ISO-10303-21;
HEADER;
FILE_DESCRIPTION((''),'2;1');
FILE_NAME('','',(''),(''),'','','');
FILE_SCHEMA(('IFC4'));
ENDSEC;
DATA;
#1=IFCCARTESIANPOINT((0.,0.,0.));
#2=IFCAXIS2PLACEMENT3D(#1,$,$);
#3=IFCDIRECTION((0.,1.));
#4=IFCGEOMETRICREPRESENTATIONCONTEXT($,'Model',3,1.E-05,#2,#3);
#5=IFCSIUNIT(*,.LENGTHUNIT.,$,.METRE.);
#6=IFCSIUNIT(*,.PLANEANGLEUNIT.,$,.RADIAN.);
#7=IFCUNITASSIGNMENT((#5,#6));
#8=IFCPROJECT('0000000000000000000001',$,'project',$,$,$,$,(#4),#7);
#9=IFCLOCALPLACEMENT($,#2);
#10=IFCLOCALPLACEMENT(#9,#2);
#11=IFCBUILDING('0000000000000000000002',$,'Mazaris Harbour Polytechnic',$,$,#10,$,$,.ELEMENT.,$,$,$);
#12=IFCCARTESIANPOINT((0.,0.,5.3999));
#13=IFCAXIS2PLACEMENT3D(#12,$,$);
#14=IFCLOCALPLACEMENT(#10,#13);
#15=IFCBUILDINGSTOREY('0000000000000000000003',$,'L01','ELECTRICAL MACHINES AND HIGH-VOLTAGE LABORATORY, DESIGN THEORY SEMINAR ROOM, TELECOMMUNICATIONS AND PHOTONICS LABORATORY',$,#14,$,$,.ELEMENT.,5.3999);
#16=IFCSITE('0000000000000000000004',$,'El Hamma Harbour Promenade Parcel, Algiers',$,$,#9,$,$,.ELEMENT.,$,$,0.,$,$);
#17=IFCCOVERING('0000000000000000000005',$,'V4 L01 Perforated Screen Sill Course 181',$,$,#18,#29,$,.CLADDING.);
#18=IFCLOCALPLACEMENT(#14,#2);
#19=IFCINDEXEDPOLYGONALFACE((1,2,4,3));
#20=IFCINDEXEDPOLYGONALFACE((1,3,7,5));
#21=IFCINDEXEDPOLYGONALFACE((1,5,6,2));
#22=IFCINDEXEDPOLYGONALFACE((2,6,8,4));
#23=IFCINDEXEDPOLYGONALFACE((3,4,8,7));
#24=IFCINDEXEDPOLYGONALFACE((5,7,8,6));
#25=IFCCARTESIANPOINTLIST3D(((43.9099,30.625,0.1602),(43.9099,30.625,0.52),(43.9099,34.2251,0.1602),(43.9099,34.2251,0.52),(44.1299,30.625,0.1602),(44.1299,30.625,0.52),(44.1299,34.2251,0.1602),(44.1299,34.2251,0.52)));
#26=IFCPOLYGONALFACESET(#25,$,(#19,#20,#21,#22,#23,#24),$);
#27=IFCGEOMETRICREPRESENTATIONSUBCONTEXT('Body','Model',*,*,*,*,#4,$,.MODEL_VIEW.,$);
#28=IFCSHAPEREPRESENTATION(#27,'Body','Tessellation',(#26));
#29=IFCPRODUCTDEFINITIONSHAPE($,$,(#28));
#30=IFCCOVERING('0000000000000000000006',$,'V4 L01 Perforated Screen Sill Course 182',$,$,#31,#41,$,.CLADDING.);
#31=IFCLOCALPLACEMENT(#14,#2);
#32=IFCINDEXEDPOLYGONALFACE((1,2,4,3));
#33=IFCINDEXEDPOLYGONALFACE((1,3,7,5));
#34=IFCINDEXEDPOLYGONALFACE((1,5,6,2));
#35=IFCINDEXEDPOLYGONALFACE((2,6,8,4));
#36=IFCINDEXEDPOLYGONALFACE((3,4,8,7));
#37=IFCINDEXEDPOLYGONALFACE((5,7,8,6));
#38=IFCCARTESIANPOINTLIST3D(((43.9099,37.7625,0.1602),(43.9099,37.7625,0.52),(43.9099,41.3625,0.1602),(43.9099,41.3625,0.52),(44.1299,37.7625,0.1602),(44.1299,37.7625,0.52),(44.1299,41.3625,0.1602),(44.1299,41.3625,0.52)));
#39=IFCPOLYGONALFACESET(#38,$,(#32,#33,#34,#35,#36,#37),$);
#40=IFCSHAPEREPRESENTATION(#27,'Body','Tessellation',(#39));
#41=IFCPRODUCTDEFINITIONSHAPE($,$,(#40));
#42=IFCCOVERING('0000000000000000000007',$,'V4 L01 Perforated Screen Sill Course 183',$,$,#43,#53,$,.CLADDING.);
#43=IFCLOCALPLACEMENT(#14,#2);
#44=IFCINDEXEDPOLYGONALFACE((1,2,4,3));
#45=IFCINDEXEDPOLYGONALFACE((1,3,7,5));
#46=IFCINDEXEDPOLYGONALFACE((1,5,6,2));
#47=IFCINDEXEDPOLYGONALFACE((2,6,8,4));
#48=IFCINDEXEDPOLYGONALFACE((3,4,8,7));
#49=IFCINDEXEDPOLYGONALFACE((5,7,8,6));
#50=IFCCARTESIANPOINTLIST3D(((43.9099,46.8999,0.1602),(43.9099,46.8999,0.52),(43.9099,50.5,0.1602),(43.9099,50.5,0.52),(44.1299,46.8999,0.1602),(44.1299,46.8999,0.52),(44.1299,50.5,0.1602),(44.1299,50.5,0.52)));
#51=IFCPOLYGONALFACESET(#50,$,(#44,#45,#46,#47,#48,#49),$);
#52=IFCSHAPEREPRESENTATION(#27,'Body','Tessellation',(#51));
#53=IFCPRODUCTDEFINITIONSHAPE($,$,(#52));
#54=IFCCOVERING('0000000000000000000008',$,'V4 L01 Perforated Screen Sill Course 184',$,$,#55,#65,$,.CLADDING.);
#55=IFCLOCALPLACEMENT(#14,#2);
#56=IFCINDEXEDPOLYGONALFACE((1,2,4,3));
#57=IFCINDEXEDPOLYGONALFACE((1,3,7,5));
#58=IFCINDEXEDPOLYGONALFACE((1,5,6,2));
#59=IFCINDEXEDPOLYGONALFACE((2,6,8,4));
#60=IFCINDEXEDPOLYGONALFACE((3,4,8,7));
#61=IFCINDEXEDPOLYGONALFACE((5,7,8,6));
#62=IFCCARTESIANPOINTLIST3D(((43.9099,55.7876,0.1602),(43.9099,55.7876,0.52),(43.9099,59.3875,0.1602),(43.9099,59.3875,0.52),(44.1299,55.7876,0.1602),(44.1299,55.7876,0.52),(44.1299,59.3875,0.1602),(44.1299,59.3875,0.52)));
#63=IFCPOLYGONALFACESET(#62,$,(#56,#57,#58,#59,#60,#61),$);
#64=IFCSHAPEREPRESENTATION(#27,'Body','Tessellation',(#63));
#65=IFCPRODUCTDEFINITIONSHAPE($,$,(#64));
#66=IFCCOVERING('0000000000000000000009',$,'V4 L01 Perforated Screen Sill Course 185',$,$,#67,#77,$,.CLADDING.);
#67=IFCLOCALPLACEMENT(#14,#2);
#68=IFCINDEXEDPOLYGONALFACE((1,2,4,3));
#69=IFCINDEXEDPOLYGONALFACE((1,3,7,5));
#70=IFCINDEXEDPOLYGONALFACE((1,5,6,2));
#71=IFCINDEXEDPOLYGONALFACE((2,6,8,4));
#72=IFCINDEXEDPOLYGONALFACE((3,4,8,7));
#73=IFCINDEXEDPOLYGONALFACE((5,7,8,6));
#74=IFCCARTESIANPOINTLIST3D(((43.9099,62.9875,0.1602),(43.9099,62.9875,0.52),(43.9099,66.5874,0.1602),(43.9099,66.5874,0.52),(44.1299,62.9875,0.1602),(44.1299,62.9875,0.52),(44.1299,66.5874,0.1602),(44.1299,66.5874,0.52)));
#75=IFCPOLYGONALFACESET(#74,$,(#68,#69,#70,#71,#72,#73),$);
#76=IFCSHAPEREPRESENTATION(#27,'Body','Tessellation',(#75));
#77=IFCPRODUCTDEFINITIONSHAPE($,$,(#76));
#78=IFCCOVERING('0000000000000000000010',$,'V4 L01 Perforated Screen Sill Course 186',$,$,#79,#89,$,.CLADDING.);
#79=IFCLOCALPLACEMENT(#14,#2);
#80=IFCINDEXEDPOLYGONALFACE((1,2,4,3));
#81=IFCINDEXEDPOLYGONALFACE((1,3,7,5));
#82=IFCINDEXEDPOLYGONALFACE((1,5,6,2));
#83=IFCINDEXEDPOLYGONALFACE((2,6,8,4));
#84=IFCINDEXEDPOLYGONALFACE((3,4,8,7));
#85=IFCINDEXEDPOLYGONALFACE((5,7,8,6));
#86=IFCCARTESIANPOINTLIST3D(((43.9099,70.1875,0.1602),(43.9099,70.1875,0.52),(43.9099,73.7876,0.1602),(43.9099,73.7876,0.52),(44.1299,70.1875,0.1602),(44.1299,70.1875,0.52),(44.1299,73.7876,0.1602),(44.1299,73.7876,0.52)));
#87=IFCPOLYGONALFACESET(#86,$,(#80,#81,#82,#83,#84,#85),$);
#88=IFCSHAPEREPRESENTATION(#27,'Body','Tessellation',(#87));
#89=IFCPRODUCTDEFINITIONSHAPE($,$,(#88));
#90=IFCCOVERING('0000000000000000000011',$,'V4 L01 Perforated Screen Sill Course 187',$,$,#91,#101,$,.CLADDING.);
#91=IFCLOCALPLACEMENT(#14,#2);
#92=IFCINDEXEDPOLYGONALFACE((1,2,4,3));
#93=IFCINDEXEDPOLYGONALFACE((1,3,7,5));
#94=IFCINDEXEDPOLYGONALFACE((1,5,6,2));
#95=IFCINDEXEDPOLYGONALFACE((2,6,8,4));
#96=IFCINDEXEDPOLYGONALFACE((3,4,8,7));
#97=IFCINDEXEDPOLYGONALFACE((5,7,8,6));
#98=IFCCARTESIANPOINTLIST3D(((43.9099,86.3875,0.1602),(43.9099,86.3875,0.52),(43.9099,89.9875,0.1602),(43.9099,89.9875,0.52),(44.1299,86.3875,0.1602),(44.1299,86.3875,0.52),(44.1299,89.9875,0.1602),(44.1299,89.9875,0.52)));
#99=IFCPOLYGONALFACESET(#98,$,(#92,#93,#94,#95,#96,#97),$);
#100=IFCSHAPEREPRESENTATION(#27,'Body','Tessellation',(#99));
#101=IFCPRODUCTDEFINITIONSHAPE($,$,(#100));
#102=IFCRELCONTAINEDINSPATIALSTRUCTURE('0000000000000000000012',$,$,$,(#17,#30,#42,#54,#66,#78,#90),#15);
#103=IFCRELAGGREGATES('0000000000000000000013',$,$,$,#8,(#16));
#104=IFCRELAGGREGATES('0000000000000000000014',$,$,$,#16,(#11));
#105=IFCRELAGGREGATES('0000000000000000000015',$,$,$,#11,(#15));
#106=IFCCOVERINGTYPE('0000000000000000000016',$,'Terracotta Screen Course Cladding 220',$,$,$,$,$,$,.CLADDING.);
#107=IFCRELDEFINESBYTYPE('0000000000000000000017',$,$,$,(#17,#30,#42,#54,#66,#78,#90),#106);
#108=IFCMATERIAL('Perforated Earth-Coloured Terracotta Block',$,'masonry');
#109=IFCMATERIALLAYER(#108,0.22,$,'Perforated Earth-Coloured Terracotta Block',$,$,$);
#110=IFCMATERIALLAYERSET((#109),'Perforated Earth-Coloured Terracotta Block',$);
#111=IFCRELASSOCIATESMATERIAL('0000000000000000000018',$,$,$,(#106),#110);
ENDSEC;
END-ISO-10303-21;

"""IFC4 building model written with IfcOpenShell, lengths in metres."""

from ifc_helpers import new_model, si_unit, direction, frame, origin, place, context, subcontext, project, spatial, polyline, outline, extrude, material, layer, layer_set, type_object, element, save


model = new_model("IFC4")

# Units and contexts
model_context = context("Model", 3, precision=1e-05, world=origin(), true_north=direction((0.0, 1.0)))
body_context = subcontext(model_context, "Body", "Model", "MODEL_VIEW")
ifc_project = project(units=[si_unit("LENGTHUNIT", "METRE"), si_unit("PLANEANGLEUNIT", "RADIAN")], contexts=[model_context])

# Site, building, storey
site_placement = place(None, origin())
site = spatial("IfcSite", under=ifc_project, at=site_placement, Name="El Hamma Harbour Promenade Parcel, Algiers", CompositionType="ELEMENT", RefElevation=0.0)
building_placement = place(site_placement, origin())
building = spatial("IfcBuilding", under=site, at=building_placement, Name="Mazaris Harbour Polytechnic", CompositionType="ELEMENT")
storey_placement = place(building_placement, frame((0.0, 0.0, 5.3999)))
storey = spatial("IfcBuildingStorey", under=building, at=storey_placement, Name="L01", Description="ELECTRICAL MACHINES AND HIGH-VOLTAGE LABORATORY, DESIGN THEORY SEMINAR ROOM, TELECOMMUNICATIONS AND PHOTONICS LABORATORY", CompositionType="ELEMENT", Elevation=5.3999)

# Coverings
ifc_material = material(Name="Perforated Earth-Coloured Terracotta Block", Category="masonry")
ifc_layer = layer(ifc_material, 0.22, Name="Perforated Earth-Coloured Terracotta Block")
ifc_layer_set = layer_set([ifc_layer], Name="Perforated Earth-Coloured Terracotta Block")
covering_type = type_object("IfcCoveringType", Name="Terracotta Screen Course Cladding 220", PredefinedType="CLADDING", material=ifc_layer_set)
covering_1_placement = place(storey_placement, frame((0.0, 0.0, 0.1602)))
element("IfcCovering", 1, at=covering_1_placement, inside=storey, type_object=covering_type, Name="V4 L01 Perforated Screen Sill Course 181", PredefinedType="CLADDING", context=body_context, shape_type="SweptSolid", body=[
    extrude(outline(polyline([(43.9099, 34.2251), (43.9099, 30.625), (44.1299, 30.625), (44.1299, 34.2251), (43.9099, 34.2251)])), origin(), (0.0, 0.0, 1.0), 0.3599),
])
covering_2_placement = place(storey_placement, frame((0.0, 0.0, 0.1602)))
element("IfcCovering", 2, at=covering_2_placement, inside=storey, type_object=covering_type, Name="V4 L01 Perforated Screen Sill Course 182", PredefinedType="CLADDING", context=body_context, shape_type="SweptSolid", body=[
    extrude(outline(polyline([(43.9099, 41.3625), (43.9099, 37.7625), (44.1299, 37.7625), (44.1299, 41.3625), (43.9099, 41.3625)])), origin(), (0.0, 0.0, 1.0), 0.3599),
])
covering_3_placement = place(storey_placement, frame((0.0, 0.0, 0.1602)))
element("IfcCovering", 3, at=covering_3_placement, inside=storey, type_object=covering_type, Name="V4 L01 Perforated Screen Sill Course 183", PredefinedType="CLADDING", context=body_context, shape_type="SweptSolid", body=[
    extrude(outline(polyline([(43.9099, 50.5), (43.9099, 46.8999), (44.1299, 46.8999), (44.1299, 50.5), (43.9099, 50.5)])), origin(), (0.0, 0.0, 1.0), 0.3599),
])
covering_4_placement = place(storey_placement, frame((0.0, 0.0, 0.1602)))
element("IfcCovering", 4, at=covering_4_placement, inside=storey, type_object=covering_type, Name="V4 L01 Perforated Screen Sill Course 184", PredefinedType="CLADDING", context=body_context, shape_type="SweptSolid", body=[
    extrude(outline(polyline([(43.9099, 59.3875), (43.9099, 55.7876), (44.1299, 55.7876), (44.1299, 59.3875), (43.9099, 59.3875)])), origin(), (0.0, 0.0, 1.0), 0.3599),
])
covering_5_placement = place(storey_placement, frame((0.0, 0.0, 0.1602)))
element("IfcCovering", 5, at=covering_5_placement, inside=storey, type_object=covering_type, Name="V4 L01 Perforated Screen Sill Course 185", PredefinedType="CLADDING", context=body_context, shape_type="SweptSolid", body=[
    extrude(outline(polyline([(43.9099, 66.5874), (43.9099, 62.9875), (44.1299, 62.9875), (44.1299, 66.5874), (43.9099, 66.5874)])), origin(), (0.0, 0.0, 1.0), 0.3599),
])
covering_6_placement = place(storey_placement, frame((0.0, 0.0, 0.1602)))
element("IfcCovering", 6, at=covering_6_placement, inside=storey, type_object=covering_type, Name="V4 L01 Perforated Screen Sill Course 186", PredefinedType="CLADDING", context=body_context, shape_type="SweptSolid", body=[
    extrude(outline(polyline([(43.9099, 73.7876), (43.9099, 70.1875), (44.1299, 70.1875), (44.1299, 73.7876), (43.9099, 73.7876)])), origin(), (0.0, 0.0, 1.0), 0.3599),
])
covering_7_placement = place(storey_placement, frame((0.0, 0.0, 0.1602)))
element("IfcCovering", 7, at=covering_7_placement, inside=storey, type_object=covering_type, Name="V4 L01 Perforated Screen Sill Course 187", PredefinedType="CLADDING", context=body_context, shape_type="SweptSolid", body=[
    extrude(outline(polyline([(43.9099, 89.9875), (43.9099, 86.3875), (44.1299, 86.3875), (44.1299, 89.9875), (43.9099, 89.9875)])), origin(), (0.0, 0.0, 1.0), 0.3599),
])

save(model, "model.ifc")
